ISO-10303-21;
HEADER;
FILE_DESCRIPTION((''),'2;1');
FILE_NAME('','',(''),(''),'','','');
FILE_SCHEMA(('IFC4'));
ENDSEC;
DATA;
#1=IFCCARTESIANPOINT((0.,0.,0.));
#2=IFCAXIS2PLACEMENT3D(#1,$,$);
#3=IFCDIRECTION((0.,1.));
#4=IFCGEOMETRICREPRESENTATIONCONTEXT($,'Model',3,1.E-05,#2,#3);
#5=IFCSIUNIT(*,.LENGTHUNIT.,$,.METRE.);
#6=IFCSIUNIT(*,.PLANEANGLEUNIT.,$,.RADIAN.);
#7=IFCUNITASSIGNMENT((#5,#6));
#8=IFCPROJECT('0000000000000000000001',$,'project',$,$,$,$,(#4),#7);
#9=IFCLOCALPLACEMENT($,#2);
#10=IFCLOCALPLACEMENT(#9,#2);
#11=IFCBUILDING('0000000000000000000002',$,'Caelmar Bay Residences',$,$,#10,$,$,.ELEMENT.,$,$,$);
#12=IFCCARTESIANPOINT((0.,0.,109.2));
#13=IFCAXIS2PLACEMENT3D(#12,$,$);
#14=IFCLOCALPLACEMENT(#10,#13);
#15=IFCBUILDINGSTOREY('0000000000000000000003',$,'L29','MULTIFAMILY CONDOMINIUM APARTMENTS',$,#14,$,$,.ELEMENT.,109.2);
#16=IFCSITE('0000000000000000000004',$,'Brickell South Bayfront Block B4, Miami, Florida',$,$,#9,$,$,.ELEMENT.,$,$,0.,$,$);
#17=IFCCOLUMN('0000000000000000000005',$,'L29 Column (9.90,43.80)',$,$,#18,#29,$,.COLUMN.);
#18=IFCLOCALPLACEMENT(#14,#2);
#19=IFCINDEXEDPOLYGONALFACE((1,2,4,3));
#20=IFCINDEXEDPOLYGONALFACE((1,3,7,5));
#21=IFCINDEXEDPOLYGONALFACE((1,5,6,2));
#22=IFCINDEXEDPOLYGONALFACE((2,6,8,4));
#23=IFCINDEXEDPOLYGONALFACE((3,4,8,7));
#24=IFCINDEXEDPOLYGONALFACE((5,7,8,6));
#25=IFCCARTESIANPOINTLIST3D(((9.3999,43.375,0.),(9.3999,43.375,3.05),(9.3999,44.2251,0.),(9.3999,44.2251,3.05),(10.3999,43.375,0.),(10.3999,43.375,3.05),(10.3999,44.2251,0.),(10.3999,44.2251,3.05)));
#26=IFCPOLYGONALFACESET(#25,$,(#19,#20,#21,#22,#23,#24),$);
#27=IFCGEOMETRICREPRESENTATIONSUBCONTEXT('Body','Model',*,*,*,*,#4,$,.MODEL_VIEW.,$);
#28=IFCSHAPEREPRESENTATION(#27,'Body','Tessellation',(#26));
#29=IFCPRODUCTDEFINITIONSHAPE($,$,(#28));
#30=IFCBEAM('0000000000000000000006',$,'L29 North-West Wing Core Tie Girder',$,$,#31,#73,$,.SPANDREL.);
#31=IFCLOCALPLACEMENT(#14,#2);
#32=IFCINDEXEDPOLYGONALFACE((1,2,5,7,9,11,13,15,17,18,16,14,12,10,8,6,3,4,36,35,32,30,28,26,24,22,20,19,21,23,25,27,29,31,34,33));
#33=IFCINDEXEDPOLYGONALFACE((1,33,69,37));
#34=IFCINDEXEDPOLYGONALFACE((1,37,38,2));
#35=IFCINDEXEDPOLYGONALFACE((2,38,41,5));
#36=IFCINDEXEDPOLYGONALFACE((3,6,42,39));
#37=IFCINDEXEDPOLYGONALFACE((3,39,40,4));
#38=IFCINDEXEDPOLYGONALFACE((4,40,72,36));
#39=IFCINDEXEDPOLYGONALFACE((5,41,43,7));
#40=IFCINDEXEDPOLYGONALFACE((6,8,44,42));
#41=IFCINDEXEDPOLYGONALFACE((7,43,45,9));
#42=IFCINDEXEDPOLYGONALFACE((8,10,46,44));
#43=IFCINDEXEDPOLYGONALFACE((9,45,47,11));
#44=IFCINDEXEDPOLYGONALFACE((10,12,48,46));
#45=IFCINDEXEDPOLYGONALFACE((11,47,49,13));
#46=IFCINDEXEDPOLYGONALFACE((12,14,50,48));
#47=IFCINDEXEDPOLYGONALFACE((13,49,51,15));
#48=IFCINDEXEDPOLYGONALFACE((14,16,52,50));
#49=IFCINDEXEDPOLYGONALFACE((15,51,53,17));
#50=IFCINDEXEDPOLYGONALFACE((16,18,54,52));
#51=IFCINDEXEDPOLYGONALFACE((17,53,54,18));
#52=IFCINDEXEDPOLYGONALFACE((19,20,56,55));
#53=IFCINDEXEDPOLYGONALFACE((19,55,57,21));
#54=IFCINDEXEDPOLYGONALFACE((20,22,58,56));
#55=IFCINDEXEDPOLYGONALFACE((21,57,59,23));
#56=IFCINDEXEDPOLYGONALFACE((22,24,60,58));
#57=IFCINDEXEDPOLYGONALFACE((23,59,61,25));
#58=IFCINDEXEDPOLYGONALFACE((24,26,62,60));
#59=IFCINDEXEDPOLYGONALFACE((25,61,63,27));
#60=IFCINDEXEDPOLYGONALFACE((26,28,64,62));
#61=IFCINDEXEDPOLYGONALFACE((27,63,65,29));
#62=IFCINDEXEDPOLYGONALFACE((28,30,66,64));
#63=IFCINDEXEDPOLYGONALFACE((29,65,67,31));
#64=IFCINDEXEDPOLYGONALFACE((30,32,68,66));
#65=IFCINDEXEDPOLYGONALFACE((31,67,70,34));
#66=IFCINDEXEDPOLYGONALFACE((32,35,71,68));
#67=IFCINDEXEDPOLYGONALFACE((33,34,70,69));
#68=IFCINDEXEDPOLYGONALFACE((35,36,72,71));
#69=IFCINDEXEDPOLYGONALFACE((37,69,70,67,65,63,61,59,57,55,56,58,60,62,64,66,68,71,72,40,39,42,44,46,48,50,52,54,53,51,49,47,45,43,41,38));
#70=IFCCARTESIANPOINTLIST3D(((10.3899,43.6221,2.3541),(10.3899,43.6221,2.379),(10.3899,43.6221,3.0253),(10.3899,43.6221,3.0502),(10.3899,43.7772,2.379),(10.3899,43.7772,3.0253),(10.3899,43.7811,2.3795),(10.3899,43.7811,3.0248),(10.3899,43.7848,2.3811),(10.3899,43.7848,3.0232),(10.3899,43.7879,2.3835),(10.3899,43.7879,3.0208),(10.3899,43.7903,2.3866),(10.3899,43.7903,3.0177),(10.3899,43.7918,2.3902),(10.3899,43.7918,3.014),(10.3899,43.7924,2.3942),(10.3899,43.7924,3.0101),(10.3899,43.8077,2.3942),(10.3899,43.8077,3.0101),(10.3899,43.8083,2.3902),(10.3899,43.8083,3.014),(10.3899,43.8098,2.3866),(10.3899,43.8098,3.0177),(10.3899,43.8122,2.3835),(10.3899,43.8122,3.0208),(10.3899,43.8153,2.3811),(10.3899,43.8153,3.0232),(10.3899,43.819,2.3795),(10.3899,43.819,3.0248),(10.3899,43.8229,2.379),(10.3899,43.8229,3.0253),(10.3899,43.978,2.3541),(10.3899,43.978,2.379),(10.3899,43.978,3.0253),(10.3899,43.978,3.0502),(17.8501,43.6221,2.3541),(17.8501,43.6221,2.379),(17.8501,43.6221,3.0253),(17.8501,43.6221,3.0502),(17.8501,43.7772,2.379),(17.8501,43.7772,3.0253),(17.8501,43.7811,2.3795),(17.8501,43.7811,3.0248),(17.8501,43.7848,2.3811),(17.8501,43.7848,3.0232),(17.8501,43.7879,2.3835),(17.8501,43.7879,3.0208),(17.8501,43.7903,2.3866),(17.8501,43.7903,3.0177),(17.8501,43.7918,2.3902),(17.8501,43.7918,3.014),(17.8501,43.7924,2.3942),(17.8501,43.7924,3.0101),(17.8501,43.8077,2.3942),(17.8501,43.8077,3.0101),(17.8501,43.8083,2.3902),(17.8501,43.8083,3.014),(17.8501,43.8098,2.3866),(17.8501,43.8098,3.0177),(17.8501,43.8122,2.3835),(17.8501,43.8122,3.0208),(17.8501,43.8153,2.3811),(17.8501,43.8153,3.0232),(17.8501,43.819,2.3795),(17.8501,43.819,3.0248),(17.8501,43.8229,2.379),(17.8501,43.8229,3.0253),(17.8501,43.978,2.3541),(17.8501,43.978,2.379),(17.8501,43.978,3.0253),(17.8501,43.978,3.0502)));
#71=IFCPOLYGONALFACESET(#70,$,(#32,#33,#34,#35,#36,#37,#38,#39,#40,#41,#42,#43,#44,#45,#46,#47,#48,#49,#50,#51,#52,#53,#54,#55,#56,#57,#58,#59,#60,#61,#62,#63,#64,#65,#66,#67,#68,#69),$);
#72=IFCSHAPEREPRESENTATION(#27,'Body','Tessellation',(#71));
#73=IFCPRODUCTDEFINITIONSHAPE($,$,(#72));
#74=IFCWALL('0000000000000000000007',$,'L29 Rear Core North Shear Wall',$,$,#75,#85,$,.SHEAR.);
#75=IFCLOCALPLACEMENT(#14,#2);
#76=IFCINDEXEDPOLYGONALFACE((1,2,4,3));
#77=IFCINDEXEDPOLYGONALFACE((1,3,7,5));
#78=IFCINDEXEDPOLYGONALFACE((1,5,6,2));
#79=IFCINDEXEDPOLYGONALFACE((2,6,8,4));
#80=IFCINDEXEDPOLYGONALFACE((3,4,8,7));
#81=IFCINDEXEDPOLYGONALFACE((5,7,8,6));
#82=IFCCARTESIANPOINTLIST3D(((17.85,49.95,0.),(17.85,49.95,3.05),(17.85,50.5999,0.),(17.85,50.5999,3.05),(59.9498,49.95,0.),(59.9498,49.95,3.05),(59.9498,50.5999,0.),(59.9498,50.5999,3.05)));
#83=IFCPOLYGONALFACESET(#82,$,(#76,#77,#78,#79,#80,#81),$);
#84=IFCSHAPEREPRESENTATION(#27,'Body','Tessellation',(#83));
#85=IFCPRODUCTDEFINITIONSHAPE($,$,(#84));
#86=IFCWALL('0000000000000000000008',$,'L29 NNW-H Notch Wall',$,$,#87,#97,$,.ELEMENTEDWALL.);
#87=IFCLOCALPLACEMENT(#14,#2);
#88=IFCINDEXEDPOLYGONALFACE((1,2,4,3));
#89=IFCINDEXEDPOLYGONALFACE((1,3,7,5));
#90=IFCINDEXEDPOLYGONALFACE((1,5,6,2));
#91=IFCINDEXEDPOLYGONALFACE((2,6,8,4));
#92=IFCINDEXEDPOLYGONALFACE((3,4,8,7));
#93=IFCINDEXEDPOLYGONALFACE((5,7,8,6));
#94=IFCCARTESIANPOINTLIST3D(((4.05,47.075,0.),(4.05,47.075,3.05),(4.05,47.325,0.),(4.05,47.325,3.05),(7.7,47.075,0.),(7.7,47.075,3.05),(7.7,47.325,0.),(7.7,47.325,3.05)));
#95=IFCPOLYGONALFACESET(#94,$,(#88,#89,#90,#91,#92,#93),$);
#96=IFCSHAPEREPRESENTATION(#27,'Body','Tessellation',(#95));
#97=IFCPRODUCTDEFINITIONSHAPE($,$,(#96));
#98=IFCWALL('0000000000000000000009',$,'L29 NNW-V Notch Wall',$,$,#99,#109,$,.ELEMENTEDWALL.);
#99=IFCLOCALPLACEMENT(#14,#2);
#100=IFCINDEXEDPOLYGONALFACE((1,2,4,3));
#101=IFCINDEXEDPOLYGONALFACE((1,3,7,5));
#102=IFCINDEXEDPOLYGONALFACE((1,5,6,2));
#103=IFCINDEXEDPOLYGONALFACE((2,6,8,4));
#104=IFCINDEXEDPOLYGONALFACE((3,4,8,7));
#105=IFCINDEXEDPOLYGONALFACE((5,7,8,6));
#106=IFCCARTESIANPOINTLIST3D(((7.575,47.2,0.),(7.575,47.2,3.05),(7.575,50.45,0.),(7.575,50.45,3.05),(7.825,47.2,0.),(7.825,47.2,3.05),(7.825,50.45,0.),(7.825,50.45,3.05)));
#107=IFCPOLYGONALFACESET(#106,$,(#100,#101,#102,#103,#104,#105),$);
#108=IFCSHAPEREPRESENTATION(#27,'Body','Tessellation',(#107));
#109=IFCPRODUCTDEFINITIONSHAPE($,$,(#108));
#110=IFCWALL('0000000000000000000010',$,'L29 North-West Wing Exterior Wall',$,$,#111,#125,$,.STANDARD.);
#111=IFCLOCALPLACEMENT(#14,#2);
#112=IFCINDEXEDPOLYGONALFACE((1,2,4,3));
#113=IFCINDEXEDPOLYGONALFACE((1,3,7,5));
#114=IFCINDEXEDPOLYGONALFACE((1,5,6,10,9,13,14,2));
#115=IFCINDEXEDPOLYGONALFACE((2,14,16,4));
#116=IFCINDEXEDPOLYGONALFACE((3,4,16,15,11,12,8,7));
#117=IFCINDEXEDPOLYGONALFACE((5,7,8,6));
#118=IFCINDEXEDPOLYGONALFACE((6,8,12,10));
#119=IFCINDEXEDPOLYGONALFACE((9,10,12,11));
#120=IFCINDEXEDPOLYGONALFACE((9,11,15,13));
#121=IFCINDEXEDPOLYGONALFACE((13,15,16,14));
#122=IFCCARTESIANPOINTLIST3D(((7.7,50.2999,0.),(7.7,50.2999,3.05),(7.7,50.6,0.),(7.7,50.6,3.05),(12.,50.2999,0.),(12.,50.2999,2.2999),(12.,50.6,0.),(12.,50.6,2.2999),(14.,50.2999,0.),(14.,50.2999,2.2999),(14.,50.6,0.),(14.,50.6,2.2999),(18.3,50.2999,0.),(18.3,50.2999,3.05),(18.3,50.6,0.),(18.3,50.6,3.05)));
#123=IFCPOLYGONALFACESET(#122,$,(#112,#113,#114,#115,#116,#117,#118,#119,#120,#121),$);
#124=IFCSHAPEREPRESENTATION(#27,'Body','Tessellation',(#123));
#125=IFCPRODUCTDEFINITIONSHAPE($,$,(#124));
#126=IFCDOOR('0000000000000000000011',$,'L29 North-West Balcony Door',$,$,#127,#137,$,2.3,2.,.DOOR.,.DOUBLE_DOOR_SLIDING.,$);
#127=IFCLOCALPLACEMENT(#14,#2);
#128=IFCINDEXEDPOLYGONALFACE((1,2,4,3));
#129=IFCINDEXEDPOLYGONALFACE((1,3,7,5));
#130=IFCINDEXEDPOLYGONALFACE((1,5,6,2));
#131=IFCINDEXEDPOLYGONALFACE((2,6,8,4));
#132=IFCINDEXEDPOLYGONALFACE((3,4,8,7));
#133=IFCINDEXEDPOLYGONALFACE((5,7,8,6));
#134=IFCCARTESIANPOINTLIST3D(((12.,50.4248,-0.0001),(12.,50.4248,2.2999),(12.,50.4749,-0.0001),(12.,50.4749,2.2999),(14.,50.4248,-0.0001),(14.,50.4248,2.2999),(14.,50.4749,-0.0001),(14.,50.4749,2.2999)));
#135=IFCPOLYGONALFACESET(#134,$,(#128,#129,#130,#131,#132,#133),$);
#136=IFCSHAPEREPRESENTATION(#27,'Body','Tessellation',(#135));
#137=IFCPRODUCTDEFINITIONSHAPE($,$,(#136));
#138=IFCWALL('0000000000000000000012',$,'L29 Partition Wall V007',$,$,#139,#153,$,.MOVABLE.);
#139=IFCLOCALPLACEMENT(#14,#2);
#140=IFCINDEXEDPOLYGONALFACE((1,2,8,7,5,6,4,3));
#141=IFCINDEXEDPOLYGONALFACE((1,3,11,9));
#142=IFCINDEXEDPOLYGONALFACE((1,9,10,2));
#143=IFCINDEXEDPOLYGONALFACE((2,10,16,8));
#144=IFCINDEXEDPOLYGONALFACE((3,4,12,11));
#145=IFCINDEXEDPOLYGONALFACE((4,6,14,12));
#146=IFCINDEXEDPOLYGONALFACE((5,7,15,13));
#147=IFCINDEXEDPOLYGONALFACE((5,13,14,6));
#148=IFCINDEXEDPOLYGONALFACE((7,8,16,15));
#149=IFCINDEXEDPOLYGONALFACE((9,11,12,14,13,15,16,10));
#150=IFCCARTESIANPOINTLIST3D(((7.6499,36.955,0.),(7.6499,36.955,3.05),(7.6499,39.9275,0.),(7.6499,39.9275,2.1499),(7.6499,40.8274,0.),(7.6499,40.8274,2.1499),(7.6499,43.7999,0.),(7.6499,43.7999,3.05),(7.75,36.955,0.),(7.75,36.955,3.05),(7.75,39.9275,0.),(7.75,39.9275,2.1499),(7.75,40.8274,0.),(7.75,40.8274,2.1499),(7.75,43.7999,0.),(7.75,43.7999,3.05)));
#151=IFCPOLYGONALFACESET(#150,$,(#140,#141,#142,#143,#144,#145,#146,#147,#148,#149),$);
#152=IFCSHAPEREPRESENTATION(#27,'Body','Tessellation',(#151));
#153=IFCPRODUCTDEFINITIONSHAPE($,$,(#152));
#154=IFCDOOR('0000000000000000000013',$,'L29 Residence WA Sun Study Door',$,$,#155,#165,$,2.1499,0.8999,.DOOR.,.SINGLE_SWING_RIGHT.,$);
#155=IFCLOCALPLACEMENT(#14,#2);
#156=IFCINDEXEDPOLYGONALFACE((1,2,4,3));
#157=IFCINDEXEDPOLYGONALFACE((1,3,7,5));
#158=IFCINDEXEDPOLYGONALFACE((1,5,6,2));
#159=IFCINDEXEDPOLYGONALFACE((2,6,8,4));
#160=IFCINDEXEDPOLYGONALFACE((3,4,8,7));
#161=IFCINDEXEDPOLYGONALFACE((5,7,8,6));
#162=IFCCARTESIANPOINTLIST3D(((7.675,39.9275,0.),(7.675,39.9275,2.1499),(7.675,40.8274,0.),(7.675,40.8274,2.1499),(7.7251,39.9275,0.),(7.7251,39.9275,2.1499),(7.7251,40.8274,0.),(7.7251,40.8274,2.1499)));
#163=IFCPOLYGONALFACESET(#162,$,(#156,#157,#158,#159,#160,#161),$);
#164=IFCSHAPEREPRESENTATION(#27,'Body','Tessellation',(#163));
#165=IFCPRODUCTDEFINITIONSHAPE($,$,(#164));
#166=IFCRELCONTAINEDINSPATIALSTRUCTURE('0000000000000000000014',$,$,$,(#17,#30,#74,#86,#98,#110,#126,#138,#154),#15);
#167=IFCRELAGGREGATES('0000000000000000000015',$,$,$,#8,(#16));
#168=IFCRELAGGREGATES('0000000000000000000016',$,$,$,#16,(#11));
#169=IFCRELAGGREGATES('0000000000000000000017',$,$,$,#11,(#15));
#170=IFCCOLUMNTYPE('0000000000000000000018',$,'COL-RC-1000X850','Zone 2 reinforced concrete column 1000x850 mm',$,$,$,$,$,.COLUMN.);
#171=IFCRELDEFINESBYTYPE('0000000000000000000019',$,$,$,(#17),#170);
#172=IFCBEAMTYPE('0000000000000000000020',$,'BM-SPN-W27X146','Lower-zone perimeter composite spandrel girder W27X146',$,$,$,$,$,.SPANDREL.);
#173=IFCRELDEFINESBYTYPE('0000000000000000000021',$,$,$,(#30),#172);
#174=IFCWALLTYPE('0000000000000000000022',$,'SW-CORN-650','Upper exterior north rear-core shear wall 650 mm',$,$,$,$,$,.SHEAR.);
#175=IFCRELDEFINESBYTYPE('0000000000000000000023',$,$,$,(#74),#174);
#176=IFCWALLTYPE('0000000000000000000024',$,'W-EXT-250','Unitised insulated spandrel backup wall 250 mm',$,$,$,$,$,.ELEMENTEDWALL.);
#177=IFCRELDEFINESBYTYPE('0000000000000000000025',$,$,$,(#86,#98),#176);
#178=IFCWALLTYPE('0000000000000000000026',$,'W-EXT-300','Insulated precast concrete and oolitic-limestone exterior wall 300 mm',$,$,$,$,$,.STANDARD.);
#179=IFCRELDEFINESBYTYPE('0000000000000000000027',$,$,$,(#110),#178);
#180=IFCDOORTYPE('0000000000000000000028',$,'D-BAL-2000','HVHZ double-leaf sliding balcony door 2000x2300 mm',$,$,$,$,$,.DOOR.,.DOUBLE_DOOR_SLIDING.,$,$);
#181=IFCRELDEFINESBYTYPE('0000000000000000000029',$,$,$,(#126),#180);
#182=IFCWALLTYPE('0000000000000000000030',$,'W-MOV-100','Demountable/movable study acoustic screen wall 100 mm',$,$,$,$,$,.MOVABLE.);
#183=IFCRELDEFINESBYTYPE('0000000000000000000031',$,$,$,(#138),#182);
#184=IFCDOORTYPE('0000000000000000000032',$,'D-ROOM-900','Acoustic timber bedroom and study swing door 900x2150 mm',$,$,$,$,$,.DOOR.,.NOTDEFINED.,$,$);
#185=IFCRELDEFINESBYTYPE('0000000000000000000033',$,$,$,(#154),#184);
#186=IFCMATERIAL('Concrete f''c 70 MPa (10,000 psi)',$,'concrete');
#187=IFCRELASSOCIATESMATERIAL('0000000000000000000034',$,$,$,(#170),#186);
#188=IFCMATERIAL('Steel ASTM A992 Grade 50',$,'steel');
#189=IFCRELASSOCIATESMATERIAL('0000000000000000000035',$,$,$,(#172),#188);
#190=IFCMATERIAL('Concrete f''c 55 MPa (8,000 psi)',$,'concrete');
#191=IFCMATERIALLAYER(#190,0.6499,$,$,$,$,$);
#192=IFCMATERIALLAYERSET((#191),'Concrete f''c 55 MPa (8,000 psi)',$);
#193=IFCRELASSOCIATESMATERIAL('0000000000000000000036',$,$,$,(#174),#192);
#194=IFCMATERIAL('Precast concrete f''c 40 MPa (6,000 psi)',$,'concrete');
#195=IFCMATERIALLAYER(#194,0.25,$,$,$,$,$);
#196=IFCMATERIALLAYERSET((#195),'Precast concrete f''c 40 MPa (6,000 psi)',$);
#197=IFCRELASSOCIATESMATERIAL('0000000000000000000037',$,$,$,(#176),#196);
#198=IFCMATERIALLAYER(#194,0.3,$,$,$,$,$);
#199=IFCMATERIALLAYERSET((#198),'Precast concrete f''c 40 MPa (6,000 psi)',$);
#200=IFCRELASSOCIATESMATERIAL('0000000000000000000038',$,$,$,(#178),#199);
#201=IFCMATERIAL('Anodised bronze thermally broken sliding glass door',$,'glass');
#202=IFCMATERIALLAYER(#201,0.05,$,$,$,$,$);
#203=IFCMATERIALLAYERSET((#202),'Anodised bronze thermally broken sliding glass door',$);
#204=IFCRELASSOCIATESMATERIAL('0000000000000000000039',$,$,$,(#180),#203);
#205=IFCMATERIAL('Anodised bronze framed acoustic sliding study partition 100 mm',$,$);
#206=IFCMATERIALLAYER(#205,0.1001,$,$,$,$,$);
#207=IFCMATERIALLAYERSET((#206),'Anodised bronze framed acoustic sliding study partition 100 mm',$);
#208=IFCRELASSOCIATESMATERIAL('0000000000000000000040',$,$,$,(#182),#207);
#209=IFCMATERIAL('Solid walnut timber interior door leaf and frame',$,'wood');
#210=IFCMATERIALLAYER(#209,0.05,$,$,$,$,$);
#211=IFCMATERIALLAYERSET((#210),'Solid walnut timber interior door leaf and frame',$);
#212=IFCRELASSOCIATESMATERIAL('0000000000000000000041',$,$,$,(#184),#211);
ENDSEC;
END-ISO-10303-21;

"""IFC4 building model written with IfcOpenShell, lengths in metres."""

from ifc_helpers import new_model, si_unit, direction, frame, frame_2d, origin, origin_2d, place, context, subcontext, project, spatial, rectangle, i_section, extrude, material, layer, layer_set, material_profile, profile_set, type_object, element, fill, save


model = new_model("IFC4")

# Units and contexts
model_context = context("Model", 3, precision=1e-05, world=origin(), true_north=direction((0.0, 1.0)))
body_context = subcontext(model_context, "Body", "Model", "MODEL_VIEW")
ifc_project = project(units=[si_unit("LENGTHUNIT", "METRE"), si_unit("PLANEANGLEUNIT", "RADIAN")], contexts=[model_context])

# Site, building, storey
site_placement = place(None, origin())
site = spatial("IfcSite", under=ifc_project, at=site_placement, Name="Brickell South Bayfront Block B4, Miami, Florida", CompositionType="ELEMENT", RefElevation=0.0)
building_placement = place(site_placement, origin())
building = spatial("IfcBuilding", under=site, at=building_placement, Name="Caelmar Bay Residences", CompositionType="ELEMENT")
storey_placement = place(building_placement, frame((0.0, 0.0, 109.2)))
storey = spatial("IfcBuildingStorey", under=building, at=storey_placement, Name="L29", Description="MULTIFAMILY CONDOMINIUM APARTMENTS", CompositionType="ELEMENT", Elevation=109.2)

# Column
ifc_material_1 = material(Name="Concrete f'c 70 MPa (10,000 psi)", Category="concrete")
ifc_material_profile_1 = material_profile(ifc_material_1, rectangle(XDim=1.0, YDim=0.8501, at=origin_2d()), Name="RC-COL-1000X850")
ifc_profile_set_1 = profile_set([ifc_material_profile_1], Name="Concrete f'c 70 MPa (10,000 psi)")
column_type = type_object("IfcColumnType", Name="COL-RC-1000X850", Description="Zone 2 reinforced concrete column 1000x850 mm", PredefinedType="COLUMN", material=ifc_profile_set_1)
column_placement = place(storey_placement, frame((9.8999, 43.8, 0.0), z_axis=(0.0, 0.0, 1.0), x_axis=(1.0, 0.0, 0.0)))
element("IfcColumn", 1, at=column_placement, inside=storey, type_object=column_type, Name="L29 Column (9.90,43.80)", PredefinedType="COLUMN", context=body_context, shape_type="SweptSolid", body=[
    extrude(rectangle(XDim=1.0, YDim=0.8501, at=origin_2d()), origin(), (0.0, 0.0, 1.0), 3.05),
])

# Beam
ifc_material_2 = material(Name="Steel ASTM A992 Grade 50", Category="steel")
ifc_material_profile_2 = material_profile(ifc_material_2, i_section(OverallWidth=0.356, OverallDepth=0.696, WebThickness=0.0154, FlangeThickness=0.0249, FilletRadius=0.0151, at=origin_2d()), Name="W27X146")
ifc_profile_set_2 = profile_set([ifc_material_profile_2], Name="Steel ASTM A992 Grade 50")
beam_type = type_object("IfcBeamType", Name="BM-SPN-W27X146", Description="Lower-zone perimeter composite spandrel girder W27X146", PredefinedType="SPANDREL", material=ifc_profile_set_2)
beam_placement = place(storey_placement, frame((10.3899, 43.8, 2.7021), z_axis=(1.0, 0.0, 0.0), x_axis=(0.0, 1.0, 0.0)))
element("IfcBeam", 2, at=beam_placement, inside=storey, type_object=beam_type, Name="L29 North-West Wing Core Tie Girder", PredefinedType="SPANDREL", context=body_context, shape_type="SweptSolid", body=[
    extrude(i_section(OverallWidth=0.356, OverallDepth=0.696, WebThickness=0.0154, FlangeThickness=0.0249, FilletRadius=0.0151, at=origin_2d()), origin(), (0.0, 0.0, 1.0), 7.4602),
])

# Walls
ifc_material_3 = material(Name="Concrete f'c 55 MPa (8,000 psi)", Category="concrete")
ifc_layer_1 = layer(ifc_material_3, 0.6499)
ifc_layer_set_1 = layer_set([ifc_layer_1], Name="Concrete f'c 55 MPa (8,000 psi)")
wall_type_1 = type_object("IfcWallType", Name="SW-CORN-650", Description="Upper exterior north rear-core shear wall 650 mm", PredefinedType="SHEAR", material=ifc_layer_set_1)
wall_1_placement = place(storey_placement, frame((17.8501, 50.2749, 0.0), z_axis=(0.0, 0.0, 1.0), x_axis=(1.0, 0.0, 0.0)))
element("IfcWall", 3, at=wall_1_placement, inside=storey, type_object=wall_type_1, Name="L29 Rear Core North Shear Wall", PredefinedType="SHEAR", context=body_context, shape_type="SweptSolid", body=[
    extrude(rectangle(XDim=42.0999, YDim=0.6499, at=frame_2d((21.0498, 0.0))), origin(), (0.0, 0.0, 1.0), 3.05),
])
ifc_material_4 = material(Name="Precast concrete f'c 40 MPa (6,000 psi)", Category="concrete")
ifc_layer_2 = layer(ifc_material_4, 0.25)
ifc_layer_set_2 = layer_set([ifc_layer_2], Name="Precast concrete f'c 40 MPa (6,000 psi)")
wall_type_2 = type_object("IfcWallType", Name="W-EXT-250", Description="Unitised insulated spandrel backup wall 250 mm", PredefinedType="ELEMENTEDWALL", material=ifc_layer_set_2)
wall_2_placement = place(storey_placement, frame((4.05, 47.2, 0.0), z_axis=(0.0, 0.0, 1.0), x_axis=(1.0, 0.0, 0.0)))
element("IfcWall", 4, at=wall_2_placement, inside=storey, type_object=wall_type_2, Name="L29 NNW-H Notch Wall", PredefinedType="ELEMENTEDWALL", context=body_context, shape_type="SweptSolid", body=[
    extrude(rectangle(XDim=3.6499, YDim=0.25, at=frame_2d((1.825, 0.0))), origin(), (0.0, 0.0, 1.0), 3.05),
])
wall_3_placement = place(storey_placement, frame((7.7, 47.2, 0.0), z_axis=(0.0, 0.0, 1.0), x_axis=(0.0, 1.0, 0.0)))
element("IfcWall", 5, at=wall_3_placement, inside=storey, type_object=wall_type_2, Name="L29 NNW-V Notch Wall", PredefinedType="ELEMENTEDWALL", context=body_context, shape_type="SweptSolid", body=[
    extrude(rectangle(XDim=3.25, YDim=0.25, at=frame_2d((1.625, 0.0))), origin(), (0.0, 0.0, 1.0), 3.05),
])

# Walls, openings, doors
ifc_layer_3 = layer(ifc_material_4, 0.3)
ifc_layer_set_3 = layer_set([ifc_layer_3], Name="Precast concrete f'c 40 MPa (6,000 psi)")
wall_type_3 = type_object("IfcWallType", Name="W-EXT-300", Description="Insulated precast concrete and oolitic-limestone exterior wall 300 mm", PredefinedType="STANDARD", material=ifc_layer_set_3)
wall_4_placement = place(storey_placement, frame((7.7, 50.45, 0.0), z_axis=(0.0, 0.0, 1.0), x_axis=(1.0, 0.0, 0.0)))
wall_4 = element("IfcWall", 6, at=wall_4_placement, inside=storey, type_object=wall_type_3, Name="L29 North-West Wing Exterior Wall", PredefinedType="STANDARD", context=body_context, shape_type="SweptSolid", body=[
    extrude(rectangle(XDim=10.6001, YDim=0.3, at=frame_2d((5.3, 0.0))), origin(), (0.0, 0.0, 1.0), 3.05),
])
opening_1_placement = place(wall_4_placement, frame((4.3, 0.0, 0.0)))
opening_1 = element("IfcOpeningElement", 7, at=opening_1_placement, cuts=wall_4, PredefinedType="OPENING", context=body_context, shape_type="SweptSolid", body=[
    extrude(rectangle(XDim=2.0, YDim=2.3, at=frame_2d((1.0, 1.1499))), frame((0.0, 0.1599, 0.0), z_axis=(0.0, -1.0, 0.0), x_axis=(1.0, 0.0, 0.0)), (0.0, 0.0, 1.0), 0.3201),
])
ifc_material_5 = material(Name="Anodised bronze thermally broken sliding glass door", Category="glass")
ifc_layer_4 = layer(ifc_material_5, 0.05)
ifc_layer_set_4 = layer_set([ifc_layer_4], Name="Anodised bronze thermally broken sliding glass door")
door_type_1 = type_object("IfcDoorType", Name="D-BAL-2000", Description="HVHZ double-leaf sliding balcony door 2000x2300 mm", OperationType="DOUBLE_DOOR_SLIDING", PredefinedType="DOOR", material=ifc_layer_set_4)
door_1_placement = place(opening_1_placement, origin())
door_1 = element("IfcDoor", 8, at=door_1_placement, inside=storey, type_object=door_type_1, Name="L29 North-West Balcony Door", OperationType="DOUBLE_DOOR_SLIDING", OverallHeight=2.3, OverallWidth=2.0, PredefinedType="DOOR", context=body_context, shape_type="SweptSolid", body=[
    extrude(rectangle(XDim=2.0, YDim=2.3, at=frame_2d((1.0, 1.1499))), frame((0.0, 0.0249, 0.0), z_axis=(0.0, -1.0, 0.0), x_axis=(1.0, 0.0, 0.0)), (0.0, 0.0, 1.0), 0.05),
])
fill(opening_1, door_1)
ifc_material_6 = material(Name="Anodised bronze framed acoustic sliding study partition 100 mm")
ifc_layer_5 = layer(ifc_material_6, 0.1001)
ifc_layer_set_5 = layer_set([ifc_layer_5], Name="Anodised bronze framed acoustic sliding study partition 100 mm")
wall_type_4 = type_object("IfcWallType", Name="W-MOV-100", Description="Demountable/movable study acoustic screen wall 100 mm", PredefinedType="MOVABLE", material=ifc_layer_set_5)
wall_5_placement = place(storey_placement, frame((7.7, 36.9551, 0.0), z_axis=(0.0, 0.0, 1.0), x_axis=(0.0, 1.0, 0.0)))
wall_5 = element("IfcWall", 9, at=wall_5_placement, inside=storey, type_object=wall_type_4, Name="L29 Partition Wall V007", PredefinedType="MOVABLE", context=body_context, shape_type="SweptSolid", body=[
    extrude(rectangle(XDim=6.845, YDim=0.1001, at=frame_2d((3.4224, 0.0))), origin(), (0.0, 0.0, 1.0), 3.05),
])
opening_2_placement = place(wall_5_placement, frame((2.9724, 0.0, 0.0)))
opening_2 = element("IfcOpeningElement", 10, at=opening_2_placement, cuts=wall_5, PredefinedType="OPENING", context=body_context, shape_type="SweptSolid", body=[
    extrude(rectangle(XDim=0.8999, YDim=2.1499, at=frame_2d((0.45, 1.075))), frame((0.0, 0.0601, 0.0), z_axis=(0.0, -1.0, 0.0), x_axis=(1.0, 0.0, 0.0)), (0.0, 0.0, 1.0), 0.1201),
])
ifc_material_7 = material(Name="Solid walnut timber interior door leaf and frame", Category="wood")
ifc_layer_6 = layer(ifc_material_7, 0.05)
ifc_layer_set_6 = layer_set([ifc_layer_6], Name="Solid walnut timber interior door leaf and frame")
door_type_2 = type_object("IfcDoorType", Name="D-ROOM-900", Description="Acoustic timber bedroom and study swing door 900x2150 mm", OperationType="NOTDEFINED", PredefinedType="DOOR", material=ifc_layer_set_6)
door_2_placement = place(opening_2_placement, origin())
door_2 = element("IfcDoor", 11, at=door_2_placement, inside=storey, type_object=door_type_2, Name="L29 Residence WA Sun Study Door", OperationType="SINGLE_SWING_RIGHT", OverallHeight=2.1499, OverallWidth=0.8999, PredefinedType="DOOR", context=body_context, shape_type="SweptSolid", body=[
    extrude(rectangle(XDim=0.8999, YDim=2.1499, at=frame_2d((0.45, 1.075))), frame((0.0, 0.0249, 0.0), z_axis=(0.0, -1.0, 0.0), x_axis=(1.0, 0.0, 0.0)), (0.0, 0.0, 1.0), 0.05),
])
fill(opening_2, door_2)

save(model, "model.ifc")
